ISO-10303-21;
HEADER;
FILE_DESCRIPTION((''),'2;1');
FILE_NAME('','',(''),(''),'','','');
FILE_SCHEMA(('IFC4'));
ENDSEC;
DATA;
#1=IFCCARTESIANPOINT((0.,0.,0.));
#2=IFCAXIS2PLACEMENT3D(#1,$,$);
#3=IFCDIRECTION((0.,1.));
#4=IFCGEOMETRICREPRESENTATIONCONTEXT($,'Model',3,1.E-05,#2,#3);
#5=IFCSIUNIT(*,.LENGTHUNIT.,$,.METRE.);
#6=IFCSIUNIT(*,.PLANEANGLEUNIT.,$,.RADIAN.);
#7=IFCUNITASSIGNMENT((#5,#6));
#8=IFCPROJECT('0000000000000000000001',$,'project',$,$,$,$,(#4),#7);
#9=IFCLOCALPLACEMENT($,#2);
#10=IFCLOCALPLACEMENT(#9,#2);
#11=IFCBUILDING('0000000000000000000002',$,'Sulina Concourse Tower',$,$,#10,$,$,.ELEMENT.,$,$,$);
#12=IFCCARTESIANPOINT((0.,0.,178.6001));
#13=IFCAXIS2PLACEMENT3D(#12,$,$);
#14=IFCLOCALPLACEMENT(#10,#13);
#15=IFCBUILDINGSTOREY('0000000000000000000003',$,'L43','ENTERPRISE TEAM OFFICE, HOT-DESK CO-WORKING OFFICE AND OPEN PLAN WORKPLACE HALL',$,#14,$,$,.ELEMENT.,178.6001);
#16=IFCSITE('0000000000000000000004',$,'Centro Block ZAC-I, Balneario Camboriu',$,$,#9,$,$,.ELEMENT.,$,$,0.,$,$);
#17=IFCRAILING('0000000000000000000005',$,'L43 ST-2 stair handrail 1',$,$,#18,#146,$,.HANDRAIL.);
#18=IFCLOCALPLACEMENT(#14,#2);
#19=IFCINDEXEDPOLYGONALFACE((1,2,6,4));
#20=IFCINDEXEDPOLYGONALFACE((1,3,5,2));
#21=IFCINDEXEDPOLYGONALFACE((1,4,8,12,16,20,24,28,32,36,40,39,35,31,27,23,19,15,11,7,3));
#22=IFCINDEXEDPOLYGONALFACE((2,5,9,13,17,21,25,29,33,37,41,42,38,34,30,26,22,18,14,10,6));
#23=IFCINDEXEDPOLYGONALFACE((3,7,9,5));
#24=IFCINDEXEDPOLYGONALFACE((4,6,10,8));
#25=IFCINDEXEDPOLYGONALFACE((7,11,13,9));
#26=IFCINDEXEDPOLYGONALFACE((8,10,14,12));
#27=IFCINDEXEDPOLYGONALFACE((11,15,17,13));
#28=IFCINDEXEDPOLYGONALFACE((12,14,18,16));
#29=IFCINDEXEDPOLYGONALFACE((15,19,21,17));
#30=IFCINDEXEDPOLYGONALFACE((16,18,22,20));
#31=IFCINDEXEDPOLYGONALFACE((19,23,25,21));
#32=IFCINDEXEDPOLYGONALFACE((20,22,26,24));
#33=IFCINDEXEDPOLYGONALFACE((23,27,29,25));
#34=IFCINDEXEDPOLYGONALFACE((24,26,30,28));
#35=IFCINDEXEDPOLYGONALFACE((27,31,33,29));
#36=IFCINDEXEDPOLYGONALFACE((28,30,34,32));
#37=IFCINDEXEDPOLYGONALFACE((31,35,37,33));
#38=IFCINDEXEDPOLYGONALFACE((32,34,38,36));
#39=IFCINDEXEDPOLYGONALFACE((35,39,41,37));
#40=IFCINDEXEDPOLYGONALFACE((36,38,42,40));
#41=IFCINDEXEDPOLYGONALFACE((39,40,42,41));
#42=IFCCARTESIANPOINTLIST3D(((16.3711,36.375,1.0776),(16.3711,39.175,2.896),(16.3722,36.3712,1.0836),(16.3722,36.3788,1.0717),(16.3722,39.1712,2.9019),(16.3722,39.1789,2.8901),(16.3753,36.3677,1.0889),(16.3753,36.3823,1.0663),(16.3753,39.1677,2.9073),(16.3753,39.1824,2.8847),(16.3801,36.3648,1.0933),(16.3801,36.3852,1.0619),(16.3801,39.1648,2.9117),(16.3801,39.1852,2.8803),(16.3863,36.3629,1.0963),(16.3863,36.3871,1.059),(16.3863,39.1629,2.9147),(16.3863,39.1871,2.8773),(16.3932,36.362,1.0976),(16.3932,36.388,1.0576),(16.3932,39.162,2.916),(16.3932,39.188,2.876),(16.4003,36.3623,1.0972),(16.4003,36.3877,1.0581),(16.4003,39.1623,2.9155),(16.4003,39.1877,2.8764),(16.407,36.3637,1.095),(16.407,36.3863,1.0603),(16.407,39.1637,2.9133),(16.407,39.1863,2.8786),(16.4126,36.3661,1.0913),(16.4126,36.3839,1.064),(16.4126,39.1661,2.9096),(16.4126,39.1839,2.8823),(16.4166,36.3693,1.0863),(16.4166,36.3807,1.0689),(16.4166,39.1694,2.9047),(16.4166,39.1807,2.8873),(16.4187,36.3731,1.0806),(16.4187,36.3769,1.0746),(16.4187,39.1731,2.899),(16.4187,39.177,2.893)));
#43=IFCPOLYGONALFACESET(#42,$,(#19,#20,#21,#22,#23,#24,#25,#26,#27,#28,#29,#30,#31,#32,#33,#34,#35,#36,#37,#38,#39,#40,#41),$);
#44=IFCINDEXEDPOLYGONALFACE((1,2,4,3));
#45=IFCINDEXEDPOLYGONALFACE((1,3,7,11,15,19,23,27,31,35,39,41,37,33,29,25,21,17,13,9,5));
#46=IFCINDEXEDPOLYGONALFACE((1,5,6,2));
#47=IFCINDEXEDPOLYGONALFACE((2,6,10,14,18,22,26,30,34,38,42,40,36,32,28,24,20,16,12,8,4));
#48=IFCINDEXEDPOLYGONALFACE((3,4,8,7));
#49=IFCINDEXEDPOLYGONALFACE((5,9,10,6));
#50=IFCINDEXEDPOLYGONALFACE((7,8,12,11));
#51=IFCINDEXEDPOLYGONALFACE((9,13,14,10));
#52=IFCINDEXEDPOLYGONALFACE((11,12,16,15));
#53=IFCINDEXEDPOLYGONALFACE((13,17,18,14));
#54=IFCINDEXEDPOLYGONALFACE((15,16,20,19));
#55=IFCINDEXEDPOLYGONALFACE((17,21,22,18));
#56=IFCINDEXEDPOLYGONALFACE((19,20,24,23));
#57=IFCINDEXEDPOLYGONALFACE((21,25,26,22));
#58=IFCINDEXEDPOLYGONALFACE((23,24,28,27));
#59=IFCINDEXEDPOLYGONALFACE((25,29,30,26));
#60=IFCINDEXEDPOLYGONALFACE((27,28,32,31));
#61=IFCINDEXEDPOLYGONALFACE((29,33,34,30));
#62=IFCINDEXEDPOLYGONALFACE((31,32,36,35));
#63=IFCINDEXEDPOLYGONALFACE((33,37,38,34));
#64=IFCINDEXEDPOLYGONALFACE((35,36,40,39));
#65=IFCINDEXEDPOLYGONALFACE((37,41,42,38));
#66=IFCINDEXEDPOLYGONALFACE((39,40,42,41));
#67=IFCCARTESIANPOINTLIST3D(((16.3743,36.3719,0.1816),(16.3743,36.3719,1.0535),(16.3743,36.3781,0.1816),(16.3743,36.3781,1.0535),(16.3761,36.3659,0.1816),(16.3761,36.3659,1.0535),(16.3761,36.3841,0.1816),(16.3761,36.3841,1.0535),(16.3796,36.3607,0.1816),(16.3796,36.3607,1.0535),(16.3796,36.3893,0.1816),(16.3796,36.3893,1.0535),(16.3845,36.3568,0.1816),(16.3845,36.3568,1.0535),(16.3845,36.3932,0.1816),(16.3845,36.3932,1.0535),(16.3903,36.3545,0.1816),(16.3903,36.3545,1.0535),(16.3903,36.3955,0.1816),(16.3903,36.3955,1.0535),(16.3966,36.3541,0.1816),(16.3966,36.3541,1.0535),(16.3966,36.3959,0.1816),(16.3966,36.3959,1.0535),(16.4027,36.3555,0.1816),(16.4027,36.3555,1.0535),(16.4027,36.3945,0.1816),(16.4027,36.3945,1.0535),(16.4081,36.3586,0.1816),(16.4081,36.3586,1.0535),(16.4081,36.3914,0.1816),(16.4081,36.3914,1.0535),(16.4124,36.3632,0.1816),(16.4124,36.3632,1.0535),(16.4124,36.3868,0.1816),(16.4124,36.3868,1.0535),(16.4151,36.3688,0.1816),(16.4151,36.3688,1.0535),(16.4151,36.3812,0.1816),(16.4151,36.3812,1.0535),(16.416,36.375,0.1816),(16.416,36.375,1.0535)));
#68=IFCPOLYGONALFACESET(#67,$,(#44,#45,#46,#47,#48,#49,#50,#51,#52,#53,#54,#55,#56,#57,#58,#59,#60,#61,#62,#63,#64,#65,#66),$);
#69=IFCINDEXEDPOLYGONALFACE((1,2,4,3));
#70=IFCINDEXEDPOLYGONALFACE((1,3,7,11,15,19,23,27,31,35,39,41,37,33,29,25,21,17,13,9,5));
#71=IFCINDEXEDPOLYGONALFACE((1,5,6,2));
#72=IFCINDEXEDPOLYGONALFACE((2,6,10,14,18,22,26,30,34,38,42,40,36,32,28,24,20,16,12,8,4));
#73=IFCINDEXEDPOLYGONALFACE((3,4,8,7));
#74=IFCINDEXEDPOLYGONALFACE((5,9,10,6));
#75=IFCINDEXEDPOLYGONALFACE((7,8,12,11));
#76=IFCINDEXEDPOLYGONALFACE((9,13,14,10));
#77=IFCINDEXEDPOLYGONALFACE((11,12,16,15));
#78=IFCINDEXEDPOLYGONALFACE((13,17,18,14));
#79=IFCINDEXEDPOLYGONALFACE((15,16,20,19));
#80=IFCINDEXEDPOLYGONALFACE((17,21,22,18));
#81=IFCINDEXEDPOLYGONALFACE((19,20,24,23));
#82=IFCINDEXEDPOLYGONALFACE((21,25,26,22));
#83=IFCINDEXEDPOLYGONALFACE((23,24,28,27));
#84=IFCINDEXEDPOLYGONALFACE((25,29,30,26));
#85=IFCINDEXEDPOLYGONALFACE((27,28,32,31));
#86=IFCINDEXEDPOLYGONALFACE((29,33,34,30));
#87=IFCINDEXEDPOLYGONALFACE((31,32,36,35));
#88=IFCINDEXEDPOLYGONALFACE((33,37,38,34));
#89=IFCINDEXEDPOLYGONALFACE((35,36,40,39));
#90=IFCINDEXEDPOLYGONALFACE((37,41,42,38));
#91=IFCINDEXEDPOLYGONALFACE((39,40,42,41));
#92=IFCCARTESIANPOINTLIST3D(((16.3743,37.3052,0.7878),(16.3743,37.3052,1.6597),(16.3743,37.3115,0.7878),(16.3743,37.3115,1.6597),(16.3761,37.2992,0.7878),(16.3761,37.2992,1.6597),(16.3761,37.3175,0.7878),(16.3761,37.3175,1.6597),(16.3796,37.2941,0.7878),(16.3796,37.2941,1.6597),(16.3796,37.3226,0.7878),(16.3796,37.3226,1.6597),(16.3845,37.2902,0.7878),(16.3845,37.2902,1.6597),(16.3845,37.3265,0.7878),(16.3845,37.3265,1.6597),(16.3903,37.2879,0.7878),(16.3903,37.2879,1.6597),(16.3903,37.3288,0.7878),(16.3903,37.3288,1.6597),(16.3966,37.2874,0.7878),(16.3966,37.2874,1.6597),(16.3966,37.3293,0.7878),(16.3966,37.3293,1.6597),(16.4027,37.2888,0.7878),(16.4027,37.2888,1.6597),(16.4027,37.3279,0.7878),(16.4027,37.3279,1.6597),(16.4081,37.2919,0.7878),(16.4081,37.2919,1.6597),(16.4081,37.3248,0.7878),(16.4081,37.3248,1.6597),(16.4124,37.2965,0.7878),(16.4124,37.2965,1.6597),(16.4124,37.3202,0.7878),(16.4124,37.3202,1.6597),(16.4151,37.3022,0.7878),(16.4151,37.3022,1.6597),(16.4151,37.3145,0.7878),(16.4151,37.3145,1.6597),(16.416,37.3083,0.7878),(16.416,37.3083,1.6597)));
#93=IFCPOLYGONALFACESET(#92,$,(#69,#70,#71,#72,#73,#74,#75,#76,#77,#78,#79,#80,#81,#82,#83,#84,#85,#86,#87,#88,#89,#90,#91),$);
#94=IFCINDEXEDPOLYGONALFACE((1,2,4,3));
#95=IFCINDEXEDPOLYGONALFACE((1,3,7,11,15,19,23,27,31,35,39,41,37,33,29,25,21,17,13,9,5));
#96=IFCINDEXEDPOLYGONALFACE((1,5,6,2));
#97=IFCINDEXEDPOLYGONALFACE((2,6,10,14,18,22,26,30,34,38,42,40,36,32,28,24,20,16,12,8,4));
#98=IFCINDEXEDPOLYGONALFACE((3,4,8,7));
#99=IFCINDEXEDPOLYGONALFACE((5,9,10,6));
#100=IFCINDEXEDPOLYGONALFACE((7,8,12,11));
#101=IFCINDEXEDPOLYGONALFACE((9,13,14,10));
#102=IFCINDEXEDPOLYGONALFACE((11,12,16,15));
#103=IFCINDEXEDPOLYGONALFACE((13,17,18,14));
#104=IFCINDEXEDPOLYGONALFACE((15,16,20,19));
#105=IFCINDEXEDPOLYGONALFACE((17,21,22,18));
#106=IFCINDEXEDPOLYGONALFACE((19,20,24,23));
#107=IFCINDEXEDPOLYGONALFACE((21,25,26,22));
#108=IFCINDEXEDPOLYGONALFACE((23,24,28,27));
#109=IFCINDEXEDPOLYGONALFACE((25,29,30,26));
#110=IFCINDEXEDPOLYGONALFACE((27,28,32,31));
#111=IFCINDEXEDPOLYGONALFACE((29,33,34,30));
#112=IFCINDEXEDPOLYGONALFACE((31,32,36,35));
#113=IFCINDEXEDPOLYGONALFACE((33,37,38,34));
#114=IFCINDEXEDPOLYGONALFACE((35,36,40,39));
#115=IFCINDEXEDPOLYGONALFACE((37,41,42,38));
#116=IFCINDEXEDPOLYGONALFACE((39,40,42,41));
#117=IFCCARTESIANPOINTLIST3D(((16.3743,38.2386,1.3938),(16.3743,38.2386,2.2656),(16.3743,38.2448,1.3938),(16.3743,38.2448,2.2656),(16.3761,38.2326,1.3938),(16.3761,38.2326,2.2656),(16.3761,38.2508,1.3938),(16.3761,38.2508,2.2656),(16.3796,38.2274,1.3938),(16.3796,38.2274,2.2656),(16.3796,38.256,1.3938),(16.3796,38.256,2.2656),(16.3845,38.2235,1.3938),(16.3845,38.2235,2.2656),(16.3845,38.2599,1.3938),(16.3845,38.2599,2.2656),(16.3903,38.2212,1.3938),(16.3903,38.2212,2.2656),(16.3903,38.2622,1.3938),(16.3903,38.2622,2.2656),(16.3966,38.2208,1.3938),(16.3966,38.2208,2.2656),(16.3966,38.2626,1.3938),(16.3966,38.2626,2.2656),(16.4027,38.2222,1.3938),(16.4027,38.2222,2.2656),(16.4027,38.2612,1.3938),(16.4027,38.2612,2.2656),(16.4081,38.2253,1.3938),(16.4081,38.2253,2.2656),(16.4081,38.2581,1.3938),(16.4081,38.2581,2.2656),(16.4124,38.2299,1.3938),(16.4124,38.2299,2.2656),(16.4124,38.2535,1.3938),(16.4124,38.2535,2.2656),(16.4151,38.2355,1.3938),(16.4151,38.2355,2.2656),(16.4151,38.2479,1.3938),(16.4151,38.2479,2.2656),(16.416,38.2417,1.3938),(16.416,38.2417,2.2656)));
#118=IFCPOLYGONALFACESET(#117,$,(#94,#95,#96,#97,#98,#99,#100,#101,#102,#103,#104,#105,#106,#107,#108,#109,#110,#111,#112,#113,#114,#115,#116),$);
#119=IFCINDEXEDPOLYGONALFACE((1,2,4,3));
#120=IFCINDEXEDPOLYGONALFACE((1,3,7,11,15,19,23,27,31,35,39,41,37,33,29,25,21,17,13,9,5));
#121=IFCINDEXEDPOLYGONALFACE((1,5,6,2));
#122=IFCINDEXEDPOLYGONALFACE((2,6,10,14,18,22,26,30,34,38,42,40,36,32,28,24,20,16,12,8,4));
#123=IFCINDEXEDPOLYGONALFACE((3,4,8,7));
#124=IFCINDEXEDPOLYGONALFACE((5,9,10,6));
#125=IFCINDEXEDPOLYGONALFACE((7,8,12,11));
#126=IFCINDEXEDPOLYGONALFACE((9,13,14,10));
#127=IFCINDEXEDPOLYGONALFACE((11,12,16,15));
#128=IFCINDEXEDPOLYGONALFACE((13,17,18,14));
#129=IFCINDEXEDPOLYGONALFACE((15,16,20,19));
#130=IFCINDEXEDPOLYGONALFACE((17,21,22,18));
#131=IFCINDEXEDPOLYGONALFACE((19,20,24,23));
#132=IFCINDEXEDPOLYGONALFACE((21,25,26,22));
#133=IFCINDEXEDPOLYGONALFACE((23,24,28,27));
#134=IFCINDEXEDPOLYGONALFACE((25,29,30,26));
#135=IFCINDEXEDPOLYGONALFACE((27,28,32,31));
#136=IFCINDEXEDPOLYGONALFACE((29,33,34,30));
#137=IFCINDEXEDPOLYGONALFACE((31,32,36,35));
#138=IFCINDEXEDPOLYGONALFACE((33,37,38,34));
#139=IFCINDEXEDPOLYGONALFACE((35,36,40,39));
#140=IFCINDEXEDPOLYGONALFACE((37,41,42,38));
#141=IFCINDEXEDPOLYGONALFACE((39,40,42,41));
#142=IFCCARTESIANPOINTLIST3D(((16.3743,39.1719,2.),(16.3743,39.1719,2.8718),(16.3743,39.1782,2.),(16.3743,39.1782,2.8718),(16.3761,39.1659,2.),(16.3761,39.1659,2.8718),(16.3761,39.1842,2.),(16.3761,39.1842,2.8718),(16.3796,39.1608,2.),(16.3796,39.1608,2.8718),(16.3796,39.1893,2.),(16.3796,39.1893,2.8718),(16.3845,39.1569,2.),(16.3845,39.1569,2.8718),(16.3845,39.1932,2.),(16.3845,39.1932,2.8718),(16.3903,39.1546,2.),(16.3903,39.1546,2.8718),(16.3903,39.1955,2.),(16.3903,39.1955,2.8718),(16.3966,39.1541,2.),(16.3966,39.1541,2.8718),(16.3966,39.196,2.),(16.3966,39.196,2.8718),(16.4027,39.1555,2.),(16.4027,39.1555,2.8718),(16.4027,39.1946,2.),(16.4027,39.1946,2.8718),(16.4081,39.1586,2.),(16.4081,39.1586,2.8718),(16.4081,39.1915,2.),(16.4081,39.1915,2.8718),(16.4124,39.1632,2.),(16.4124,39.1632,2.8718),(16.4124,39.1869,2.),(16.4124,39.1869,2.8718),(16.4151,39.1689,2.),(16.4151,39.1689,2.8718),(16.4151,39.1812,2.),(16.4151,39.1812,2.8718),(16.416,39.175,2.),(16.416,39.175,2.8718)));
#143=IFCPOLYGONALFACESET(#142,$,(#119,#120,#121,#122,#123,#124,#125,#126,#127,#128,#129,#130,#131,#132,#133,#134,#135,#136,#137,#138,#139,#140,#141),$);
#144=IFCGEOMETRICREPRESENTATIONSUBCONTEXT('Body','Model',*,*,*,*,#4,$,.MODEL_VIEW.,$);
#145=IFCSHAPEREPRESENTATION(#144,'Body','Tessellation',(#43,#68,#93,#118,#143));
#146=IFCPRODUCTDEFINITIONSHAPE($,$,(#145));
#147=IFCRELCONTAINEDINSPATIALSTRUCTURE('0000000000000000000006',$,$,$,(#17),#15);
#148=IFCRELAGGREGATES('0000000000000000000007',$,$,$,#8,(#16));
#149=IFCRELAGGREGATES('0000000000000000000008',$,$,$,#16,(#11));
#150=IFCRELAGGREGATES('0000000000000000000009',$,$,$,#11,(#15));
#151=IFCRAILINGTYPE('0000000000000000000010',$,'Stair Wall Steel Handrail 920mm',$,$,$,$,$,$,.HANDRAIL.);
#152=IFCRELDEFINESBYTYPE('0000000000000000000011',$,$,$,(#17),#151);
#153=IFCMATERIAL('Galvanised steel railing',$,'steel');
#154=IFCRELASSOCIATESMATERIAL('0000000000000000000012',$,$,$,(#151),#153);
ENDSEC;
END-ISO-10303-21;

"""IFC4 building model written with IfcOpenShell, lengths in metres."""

from ifc_helpers import new_model, si_unit, direction, frame, origin, origin_2d, place, context, subcontext, project, spatial, circle, extrude, material, type_object, element, save


model = new_model("IFC4")

# Units and contexts
model_context = context("Model", 3, precision=1e-05, world=origin(), true_north=direction((0.0, 1.0)))
body_context = subcontext(model_context, "Body", "Model", "MODEL_VIEW")
ifc_project = project(units=[si_unit("LENGTHUNIT", "METRE"), si_unit("PLANEANGLEUNIT", "RADIAN")], contexts=[model_context])

# Site, building, storey
site_placement = place(None, origin())
site = spatial("IfcSite", under=ifc_project, at=site_placement, Name="Centro Block ZAC-I, Balneario Camboriu", CompositionType="ELEMENT", RefElevation=0.0)
building_placement = place(site_placement, origin())
building = spatial("IfcBuilding", under=site, at=building_placement, Name="Sulina Concourse Tower", CompositionType="ELEMENT")
storey_placement = place(building_placement, frame((0.0, 0.0, 178.6001)))
storey = spatial("IfcBuildingStorey", under=building, at=storey_placement, Name="L43", Description="ENTERPRISE TEAM OFFICE, HOT-DESK CO-WORKING OFFICE AND OPEN PLAN WORKPLACE HALL", CompositionType="ELEMENT", Elevation=178.6001)

# Railing
ifc_material_1 = material(Name="Galvanised steel railing", Category="steel")
railing_type_1 = type_object("IfcRailingType", Name="Stair Wall Steel Handrail 920mm", PredefinedType="HANDRAIL", material=ifc_material_1)
railing_1_placement = place(storey_placement, frame((16.395, 36.375, 0.1816)))
element("IfcRailing", 1, at=railing_1_placement, inside=storey, type_object=railing_type_1, Name="L43 ST-2 stair handrail 1", PredefinedType="HANDRAIL", context=body_context, shape_type="SweptSolid", body=[
    extrude(circle(Radius=0.0239, at=origin_2d()), frame((0.0, 0.0, 0.896), z_axis=(0.0, 0.838672, 0.544636), x_axis=(-1.0, 0.0, 0.0)), (0.0, 0.0, 1.0), 3.3386),
    extrude(circle(Radius=0.021, at=origin_2d()), origin(), (0.0, 0.0, 1.0), 0.8718),
    extrude(circle(Radius=0.021, at=origin_2d()), frame((0.0, 0.9333, 0.6062)), (0.0, 0.0, 1.0), 0.8718),
    extrude(circle(Radius=0.021, at=origin_2d()), frame((0.0, 1.8667, 1.2122)), (0.0, 0.0, 1.0), 0.8718),
    extrude(circle(Radius=0.021, at=origin_2d()), frame((0.0, 2.8, 1.8184)), (0.0, 0.0, 1.0), 0.8718),
])

save(model, "model.ifc")
